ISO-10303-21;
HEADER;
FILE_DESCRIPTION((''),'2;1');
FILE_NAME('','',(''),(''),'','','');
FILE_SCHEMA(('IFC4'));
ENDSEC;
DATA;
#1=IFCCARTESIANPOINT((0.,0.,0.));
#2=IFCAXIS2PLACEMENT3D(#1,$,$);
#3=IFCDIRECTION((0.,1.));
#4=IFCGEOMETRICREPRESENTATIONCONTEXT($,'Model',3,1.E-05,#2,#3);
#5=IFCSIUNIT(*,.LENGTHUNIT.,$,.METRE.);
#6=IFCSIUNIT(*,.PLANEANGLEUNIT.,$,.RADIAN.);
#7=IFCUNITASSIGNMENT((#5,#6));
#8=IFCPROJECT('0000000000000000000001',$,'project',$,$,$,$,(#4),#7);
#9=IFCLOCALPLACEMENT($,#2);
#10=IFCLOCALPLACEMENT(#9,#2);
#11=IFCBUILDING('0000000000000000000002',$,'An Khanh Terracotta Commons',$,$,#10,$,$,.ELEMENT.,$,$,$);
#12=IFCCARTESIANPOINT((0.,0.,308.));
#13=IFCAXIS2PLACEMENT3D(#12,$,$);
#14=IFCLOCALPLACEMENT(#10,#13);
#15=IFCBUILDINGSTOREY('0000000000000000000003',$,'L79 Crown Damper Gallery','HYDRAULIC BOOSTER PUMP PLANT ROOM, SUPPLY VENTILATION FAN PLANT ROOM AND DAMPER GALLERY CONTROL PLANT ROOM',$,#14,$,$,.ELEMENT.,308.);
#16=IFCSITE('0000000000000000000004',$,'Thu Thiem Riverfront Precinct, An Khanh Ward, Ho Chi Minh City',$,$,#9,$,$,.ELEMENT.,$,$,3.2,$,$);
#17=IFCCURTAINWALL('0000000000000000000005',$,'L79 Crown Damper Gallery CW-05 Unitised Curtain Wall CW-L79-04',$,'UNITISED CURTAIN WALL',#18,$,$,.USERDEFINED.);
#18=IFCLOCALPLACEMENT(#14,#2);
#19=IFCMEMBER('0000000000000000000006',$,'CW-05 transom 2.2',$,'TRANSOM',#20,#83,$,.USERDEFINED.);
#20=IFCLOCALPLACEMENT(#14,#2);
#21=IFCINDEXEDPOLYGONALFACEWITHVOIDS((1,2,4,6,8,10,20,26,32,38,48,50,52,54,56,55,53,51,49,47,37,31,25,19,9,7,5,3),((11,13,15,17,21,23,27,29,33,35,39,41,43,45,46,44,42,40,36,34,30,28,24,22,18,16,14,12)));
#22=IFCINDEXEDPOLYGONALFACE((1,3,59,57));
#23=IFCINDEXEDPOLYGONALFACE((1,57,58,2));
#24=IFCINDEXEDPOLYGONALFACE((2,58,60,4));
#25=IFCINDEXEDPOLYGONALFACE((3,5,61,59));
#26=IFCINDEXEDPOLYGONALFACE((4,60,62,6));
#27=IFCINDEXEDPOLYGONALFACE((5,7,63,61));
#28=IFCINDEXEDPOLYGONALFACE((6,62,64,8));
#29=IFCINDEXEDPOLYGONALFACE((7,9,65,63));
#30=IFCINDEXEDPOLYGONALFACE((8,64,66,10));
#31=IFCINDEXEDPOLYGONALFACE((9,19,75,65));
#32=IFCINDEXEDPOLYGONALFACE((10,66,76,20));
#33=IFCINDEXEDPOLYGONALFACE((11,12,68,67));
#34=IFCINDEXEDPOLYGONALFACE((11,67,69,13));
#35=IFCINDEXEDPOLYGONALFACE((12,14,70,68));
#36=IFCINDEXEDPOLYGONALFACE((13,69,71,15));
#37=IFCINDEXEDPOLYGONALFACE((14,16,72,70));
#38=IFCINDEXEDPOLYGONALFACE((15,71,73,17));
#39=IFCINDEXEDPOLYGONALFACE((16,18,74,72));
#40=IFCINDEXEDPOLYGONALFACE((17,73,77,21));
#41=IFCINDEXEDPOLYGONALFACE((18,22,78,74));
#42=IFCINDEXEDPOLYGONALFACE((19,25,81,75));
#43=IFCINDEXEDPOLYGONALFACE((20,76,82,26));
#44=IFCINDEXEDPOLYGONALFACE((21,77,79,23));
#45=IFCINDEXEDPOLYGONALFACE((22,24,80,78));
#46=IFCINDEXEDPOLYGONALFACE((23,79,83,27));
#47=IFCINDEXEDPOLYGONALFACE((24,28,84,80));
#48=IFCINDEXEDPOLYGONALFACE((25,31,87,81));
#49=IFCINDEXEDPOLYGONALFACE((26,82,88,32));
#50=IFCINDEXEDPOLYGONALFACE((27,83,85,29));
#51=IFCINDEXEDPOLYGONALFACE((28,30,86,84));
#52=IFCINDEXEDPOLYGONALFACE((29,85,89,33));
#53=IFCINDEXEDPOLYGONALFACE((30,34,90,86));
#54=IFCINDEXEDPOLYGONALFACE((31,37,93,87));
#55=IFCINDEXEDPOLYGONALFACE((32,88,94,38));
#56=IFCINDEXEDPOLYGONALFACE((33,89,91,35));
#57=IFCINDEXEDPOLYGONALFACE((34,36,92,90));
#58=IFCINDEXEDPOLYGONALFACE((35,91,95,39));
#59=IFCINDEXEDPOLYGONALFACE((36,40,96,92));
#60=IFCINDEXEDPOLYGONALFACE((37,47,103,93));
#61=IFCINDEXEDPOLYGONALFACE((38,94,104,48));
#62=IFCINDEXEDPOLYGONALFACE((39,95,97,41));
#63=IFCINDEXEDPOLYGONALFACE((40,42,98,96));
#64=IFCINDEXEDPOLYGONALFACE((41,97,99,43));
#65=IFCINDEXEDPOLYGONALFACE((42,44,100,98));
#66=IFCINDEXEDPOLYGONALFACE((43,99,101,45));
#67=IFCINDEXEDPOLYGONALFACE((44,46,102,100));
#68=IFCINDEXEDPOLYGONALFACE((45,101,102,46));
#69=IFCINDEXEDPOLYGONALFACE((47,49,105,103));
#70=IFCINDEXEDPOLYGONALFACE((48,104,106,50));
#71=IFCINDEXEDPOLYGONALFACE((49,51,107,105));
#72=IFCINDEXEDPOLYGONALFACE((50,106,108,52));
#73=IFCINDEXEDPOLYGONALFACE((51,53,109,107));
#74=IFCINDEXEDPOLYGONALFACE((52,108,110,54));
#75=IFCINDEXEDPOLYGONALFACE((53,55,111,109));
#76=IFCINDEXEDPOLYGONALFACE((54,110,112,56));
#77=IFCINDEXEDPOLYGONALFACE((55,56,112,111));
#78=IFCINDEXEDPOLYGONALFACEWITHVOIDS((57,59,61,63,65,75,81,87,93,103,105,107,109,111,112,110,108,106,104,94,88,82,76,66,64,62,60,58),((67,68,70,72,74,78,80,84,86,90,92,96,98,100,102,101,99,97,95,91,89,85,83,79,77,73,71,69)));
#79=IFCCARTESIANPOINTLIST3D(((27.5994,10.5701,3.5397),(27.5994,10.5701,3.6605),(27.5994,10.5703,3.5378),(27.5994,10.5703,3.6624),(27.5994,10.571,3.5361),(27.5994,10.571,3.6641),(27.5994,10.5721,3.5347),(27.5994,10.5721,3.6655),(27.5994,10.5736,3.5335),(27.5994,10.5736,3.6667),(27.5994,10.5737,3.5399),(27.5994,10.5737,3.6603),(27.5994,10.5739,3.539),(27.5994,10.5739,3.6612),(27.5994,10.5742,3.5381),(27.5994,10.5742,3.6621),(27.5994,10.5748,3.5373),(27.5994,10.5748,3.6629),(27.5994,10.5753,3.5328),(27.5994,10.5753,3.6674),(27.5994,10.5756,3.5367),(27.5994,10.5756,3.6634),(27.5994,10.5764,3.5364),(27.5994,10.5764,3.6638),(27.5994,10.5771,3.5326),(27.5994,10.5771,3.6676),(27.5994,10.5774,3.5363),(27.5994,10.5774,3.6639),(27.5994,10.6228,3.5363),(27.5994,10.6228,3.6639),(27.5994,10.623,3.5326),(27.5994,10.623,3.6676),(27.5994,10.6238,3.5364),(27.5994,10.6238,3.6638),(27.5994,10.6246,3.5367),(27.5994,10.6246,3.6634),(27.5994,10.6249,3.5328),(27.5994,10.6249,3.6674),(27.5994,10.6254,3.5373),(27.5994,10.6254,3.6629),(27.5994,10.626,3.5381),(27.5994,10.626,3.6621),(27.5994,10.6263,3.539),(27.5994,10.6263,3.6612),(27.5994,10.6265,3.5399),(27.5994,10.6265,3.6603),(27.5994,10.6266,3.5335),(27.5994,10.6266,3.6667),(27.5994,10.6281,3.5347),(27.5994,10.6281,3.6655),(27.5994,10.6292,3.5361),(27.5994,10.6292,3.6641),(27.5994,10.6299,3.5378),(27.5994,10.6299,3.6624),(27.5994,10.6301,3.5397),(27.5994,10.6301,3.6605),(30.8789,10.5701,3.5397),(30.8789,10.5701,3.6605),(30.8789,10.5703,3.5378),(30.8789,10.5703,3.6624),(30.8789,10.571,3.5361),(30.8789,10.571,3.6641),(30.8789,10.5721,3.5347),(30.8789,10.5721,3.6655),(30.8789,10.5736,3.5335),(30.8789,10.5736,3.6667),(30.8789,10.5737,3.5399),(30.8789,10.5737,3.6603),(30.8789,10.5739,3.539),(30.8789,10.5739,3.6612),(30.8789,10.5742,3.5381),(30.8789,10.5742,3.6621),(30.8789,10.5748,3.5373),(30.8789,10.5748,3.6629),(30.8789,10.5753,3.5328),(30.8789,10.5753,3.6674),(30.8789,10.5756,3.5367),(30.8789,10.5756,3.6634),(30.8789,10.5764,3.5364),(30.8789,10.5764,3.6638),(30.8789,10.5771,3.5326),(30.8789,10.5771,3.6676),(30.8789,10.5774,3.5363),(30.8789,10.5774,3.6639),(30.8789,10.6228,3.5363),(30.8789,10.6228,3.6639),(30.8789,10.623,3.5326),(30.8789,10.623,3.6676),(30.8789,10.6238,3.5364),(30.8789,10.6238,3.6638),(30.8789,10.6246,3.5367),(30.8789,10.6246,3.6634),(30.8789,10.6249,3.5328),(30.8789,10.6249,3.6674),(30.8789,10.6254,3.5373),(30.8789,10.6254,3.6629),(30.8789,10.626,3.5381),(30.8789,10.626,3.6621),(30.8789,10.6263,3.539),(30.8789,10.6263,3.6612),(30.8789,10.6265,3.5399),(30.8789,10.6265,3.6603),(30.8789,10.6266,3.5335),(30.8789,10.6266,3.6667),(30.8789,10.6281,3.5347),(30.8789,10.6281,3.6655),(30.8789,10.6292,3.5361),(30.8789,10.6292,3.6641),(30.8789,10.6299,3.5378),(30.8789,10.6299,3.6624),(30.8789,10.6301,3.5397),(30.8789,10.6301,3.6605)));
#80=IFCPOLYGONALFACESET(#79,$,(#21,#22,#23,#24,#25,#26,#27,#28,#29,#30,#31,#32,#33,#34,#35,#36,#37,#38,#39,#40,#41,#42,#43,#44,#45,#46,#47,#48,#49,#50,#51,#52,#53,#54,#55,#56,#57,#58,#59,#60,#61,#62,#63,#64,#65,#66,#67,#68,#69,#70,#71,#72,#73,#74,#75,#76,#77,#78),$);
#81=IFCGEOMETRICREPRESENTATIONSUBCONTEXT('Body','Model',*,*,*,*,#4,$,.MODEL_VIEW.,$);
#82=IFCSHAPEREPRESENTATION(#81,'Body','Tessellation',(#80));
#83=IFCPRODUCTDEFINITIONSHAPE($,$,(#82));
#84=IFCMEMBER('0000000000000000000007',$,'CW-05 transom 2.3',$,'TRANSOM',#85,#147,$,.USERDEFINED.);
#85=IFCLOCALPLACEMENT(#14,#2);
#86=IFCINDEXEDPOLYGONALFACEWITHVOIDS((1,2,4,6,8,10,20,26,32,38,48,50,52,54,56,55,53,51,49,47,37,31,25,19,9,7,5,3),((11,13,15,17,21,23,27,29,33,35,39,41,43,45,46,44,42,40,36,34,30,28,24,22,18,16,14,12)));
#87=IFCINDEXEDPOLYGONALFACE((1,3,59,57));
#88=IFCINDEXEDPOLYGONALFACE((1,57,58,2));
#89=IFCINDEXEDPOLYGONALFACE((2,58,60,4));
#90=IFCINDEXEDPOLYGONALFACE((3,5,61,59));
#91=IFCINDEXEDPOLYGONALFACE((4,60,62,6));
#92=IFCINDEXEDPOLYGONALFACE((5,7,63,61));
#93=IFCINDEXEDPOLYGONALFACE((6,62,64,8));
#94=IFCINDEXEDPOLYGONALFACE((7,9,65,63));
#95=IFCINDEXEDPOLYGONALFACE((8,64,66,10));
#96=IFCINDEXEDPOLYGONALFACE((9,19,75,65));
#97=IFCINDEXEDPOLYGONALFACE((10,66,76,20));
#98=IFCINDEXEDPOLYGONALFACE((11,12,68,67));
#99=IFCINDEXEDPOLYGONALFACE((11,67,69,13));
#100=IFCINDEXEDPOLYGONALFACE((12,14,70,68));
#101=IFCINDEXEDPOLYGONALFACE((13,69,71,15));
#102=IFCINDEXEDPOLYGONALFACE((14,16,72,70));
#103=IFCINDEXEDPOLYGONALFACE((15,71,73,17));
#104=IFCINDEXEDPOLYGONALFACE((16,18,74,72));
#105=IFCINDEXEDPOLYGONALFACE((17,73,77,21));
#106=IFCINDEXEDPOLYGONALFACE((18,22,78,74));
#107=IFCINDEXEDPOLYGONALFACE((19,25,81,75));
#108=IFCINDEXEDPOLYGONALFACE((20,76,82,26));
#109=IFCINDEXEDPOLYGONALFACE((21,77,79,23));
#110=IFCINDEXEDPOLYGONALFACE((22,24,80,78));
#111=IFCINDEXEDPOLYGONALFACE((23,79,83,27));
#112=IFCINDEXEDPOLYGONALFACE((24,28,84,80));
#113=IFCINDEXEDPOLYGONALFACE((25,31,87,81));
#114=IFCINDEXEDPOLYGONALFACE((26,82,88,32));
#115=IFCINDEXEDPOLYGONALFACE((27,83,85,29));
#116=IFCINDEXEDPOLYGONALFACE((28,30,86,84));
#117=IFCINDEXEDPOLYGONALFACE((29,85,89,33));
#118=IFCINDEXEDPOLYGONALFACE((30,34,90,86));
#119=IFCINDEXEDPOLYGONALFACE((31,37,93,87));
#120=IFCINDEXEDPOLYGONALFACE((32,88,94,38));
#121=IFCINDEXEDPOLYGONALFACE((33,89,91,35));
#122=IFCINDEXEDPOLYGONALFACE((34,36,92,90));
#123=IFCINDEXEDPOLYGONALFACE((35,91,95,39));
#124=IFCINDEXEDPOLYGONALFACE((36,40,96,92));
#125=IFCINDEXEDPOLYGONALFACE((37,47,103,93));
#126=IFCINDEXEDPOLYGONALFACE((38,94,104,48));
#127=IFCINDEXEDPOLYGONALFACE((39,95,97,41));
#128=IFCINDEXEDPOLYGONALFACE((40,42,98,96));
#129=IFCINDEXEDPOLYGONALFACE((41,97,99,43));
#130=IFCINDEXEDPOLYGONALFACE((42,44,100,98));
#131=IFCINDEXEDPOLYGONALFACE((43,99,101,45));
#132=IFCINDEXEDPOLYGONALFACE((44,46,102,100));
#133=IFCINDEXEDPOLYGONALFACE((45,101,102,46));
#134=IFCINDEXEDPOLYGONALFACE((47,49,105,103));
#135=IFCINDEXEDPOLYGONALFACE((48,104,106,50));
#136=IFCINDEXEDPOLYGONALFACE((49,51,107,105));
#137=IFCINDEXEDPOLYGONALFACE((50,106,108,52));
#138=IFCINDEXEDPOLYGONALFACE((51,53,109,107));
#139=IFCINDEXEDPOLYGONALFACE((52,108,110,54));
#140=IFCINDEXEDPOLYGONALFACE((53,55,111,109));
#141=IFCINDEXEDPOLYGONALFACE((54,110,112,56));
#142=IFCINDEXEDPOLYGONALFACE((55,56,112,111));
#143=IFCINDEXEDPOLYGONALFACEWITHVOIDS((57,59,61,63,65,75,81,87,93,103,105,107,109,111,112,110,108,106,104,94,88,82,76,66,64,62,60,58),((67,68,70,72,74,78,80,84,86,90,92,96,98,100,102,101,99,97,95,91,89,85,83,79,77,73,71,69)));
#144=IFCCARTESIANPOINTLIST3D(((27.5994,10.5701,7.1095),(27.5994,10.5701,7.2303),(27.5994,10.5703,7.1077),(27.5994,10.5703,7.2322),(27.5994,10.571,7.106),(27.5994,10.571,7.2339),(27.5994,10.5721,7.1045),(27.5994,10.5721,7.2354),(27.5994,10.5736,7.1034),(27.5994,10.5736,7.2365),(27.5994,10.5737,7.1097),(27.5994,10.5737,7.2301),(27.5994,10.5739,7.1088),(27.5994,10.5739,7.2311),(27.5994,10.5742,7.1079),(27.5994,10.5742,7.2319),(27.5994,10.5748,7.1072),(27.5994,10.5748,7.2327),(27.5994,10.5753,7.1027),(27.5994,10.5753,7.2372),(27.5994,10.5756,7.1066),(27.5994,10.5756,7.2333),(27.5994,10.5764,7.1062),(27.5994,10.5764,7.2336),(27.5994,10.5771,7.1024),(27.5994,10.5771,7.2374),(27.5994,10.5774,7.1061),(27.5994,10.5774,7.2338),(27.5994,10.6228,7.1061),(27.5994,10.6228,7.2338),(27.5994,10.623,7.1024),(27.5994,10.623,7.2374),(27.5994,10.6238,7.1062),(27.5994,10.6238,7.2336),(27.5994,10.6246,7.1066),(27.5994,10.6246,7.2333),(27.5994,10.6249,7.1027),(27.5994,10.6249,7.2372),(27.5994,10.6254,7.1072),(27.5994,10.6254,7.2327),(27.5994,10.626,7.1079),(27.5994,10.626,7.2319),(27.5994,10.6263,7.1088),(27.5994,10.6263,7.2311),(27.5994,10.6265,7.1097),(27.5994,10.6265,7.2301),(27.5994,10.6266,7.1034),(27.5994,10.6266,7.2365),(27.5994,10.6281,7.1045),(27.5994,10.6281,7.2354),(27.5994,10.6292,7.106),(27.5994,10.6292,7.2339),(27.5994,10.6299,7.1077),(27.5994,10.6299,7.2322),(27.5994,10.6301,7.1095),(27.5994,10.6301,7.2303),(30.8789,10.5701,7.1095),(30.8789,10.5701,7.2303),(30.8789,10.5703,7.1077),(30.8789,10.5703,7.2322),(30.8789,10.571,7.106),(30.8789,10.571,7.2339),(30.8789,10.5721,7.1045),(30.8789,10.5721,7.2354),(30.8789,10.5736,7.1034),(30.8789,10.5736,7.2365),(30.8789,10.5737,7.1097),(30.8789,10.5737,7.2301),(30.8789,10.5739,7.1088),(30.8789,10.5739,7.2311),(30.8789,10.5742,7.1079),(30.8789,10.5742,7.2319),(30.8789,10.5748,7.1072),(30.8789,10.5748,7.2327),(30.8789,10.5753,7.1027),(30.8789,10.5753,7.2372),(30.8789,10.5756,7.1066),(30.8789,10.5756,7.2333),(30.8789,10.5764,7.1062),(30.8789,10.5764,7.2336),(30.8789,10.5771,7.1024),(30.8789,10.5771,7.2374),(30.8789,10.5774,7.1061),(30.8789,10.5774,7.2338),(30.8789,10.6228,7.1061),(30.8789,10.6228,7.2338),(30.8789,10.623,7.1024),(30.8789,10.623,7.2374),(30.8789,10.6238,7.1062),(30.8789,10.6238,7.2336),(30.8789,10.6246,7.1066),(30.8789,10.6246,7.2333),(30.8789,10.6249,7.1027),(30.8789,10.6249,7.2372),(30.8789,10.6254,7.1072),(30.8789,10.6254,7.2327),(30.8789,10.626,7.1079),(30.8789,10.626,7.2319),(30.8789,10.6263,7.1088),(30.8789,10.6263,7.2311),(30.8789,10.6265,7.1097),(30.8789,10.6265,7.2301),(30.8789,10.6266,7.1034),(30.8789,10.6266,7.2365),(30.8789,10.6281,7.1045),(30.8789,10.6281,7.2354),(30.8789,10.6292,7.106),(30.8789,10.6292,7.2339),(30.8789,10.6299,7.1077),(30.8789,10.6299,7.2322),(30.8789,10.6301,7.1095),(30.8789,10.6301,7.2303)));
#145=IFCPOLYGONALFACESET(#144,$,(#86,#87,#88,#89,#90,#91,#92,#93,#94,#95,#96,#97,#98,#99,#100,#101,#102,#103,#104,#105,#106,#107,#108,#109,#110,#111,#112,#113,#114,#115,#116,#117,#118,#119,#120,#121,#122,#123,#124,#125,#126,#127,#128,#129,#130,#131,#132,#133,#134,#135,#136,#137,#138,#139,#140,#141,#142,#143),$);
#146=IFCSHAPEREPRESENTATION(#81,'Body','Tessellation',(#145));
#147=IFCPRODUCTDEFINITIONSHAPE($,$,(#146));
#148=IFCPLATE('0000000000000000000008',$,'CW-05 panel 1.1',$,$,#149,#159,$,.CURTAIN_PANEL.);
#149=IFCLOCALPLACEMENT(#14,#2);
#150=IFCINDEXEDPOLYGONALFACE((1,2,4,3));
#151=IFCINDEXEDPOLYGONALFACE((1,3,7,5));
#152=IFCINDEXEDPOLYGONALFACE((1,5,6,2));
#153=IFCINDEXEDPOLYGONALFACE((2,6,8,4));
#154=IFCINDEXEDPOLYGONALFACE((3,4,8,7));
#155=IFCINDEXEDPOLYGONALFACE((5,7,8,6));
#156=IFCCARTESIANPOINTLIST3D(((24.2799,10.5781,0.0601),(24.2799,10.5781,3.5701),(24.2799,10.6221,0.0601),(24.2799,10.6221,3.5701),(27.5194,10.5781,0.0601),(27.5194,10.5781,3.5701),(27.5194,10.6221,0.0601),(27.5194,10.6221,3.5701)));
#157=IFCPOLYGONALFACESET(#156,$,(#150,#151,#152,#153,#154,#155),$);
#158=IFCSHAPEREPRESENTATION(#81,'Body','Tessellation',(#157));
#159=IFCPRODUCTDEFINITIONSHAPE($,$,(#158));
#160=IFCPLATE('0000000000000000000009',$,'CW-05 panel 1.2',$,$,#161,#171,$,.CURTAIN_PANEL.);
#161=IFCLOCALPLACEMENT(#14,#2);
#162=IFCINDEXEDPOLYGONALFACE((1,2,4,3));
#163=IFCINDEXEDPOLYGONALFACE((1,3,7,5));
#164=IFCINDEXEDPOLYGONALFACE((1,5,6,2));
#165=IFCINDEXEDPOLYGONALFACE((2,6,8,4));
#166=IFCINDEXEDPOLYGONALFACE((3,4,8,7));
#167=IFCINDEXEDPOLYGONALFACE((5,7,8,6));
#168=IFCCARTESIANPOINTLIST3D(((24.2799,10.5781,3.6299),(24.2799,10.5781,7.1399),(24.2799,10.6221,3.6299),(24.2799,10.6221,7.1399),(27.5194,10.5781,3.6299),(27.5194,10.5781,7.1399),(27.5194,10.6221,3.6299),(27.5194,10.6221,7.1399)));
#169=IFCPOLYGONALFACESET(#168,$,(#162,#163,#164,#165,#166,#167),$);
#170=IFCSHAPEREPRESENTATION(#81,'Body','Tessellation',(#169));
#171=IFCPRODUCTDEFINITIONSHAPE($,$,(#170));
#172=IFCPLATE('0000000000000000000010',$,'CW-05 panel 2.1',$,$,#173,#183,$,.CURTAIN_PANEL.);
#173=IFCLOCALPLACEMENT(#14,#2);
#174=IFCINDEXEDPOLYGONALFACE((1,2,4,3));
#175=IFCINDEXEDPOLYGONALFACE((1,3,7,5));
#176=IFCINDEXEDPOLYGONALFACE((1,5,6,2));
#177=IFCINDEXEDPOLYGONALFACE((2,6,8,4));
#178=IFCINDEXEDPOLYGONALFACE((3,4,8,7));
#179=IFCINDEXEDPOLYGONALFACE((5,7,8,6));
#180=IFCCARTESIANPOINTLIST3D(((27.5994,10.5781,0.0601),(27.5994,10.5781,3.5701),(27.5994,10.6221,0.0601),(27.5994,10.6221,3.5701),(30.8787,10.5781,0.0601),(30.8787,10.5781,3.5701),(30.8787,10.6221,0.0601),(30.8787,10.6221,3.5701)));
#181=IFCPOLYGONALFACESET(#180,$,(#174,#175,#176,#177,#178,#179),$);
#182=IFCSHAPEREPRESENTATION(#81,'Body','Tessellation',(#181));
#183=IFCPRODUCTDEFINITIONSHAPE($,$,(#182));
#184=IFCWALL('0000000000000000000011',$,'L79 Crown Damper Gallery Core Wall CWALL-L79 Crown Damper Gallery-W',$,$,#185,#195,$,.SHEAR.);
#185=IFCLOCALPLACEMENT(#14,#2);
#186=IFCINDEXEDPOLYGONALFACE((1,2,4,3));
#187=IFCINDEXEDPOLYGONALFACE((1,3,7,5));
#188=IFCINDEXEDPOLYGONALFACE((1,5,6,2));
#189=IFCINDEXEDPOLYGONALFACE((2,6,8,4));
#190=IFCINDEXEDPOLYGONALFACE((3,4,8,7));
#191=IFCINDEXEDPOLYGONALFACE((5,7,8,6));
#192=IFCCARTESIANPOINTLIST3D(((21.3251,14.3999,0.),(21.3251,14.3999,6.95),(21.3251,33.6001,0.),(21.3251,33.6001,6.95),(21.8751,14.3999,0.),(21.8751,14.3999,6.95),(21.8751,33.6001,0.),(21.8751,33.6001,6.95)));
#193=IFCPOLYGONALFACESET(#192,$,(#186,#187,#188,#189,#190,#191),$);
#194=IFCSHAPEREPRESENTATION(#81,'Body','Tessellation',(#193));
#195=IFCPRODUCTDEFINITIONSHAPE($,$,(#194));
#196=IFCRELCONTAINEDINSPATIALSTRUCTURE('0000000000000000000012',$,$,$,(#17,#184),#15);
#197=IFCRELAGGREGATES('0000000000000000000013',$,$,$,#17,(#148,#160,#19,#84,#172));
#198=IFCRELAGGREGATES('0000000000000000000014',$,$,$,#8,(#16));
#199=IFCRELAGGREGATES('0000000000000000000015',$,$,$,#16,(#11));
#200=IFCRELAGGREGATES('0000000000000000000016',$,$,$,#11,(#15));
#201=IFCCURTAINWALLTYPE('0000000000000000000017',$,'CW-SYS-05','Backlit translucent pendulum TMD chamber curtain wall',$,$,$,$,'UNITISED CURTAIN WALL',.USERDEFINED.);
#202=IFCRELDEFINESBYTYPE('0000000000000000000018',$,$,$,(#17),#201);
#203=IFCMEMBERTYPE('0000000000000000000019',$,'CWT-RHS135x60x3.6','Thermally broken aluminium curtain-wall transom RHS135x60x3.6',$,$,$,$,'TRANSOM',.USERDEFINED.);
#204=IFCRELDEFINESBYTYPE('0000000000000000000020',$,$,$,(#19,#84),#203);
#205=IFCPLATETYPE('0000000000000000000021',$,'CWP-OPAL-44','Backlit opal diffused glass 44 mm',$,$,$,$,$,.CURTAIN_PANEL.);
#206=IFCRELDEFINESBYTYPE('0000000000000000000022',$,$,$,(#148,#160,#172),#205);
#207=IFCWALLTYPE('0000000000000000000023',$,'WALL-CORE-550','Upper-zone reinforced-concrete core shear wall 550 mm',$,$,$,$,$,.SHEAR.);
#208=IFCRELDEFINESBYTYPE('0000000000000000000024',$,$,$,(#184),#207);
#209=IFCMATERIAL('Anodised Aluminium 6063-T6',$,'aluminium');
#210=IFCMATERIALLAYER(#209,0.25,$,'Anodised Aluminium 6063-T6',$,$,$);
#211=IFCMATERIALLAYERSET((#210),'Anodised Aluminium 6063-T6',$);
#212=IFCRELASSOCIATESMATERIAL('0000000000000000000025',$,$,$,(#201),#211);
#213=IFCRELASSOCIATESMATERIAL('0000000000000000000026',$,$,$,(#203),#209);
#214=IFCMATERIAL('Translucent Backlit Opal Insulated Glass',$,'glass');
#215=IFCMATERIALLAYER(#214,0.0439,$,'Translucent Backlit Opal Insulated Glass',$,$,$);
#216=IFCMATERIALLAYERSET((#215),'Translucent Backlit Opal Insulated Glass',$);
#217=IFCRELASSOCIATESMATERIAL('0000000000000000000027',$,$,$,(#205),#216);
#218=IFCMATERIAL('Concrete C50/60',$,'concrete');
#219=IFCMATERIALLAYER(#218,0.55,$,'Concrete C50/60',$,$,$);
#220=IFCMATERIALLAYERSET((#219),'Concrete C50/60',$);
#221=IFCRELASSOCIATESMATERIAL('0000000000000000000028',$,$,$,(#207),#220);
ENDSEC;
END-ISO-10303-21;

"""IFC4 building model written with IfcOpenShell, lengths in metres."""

from ifc_helpers import new_model, si_unit, direction, frame, frame_2d, origin, origin_2d, place, context, subcontext, project, spatial, rectangle, hollow_rectangle, extrude, material, layer, layer_set, material_profile, profile_set, type_object, element, aggregate, save


model = new_model("IFC4")

# Units and contexts
model_context = context("Model", 3, precision=1e-05, world=origin(), true_north=direction((0.0, 1.0)))
body_context = subcontext(model_context, "Body", "Model", "MODEL_VIEW")
ifc_project = project(units=[si_unit("LENGTHUNIT", "METRE"), si_unit("PLANEANGLEUNIT", "RADIAN")], contexts=[model_context])

# Site, building, storey
site_placement = place(None, origin())
site = spatial("IfcSite", under=ifc_project, at=site_placement, Name="Thu Thiem Riverfront Precinct, An Khanh Ward, Ho Chi Minh City", CompositionType="ELEMENT", RefElevation=3.2)
building_placement = place(site_placement, origin())
building = spatial("IfcBuilding", under=site, at=building_placement, Name="An Khanh Terracotta Commons", CompositionType="ELEMENT")
storey_placement = place(building_placement, frame((0.0, 0.0, 308.0)))
storey = spatial("IfcBuildingStorey", under=building, at=storey_placement, Name="L79 Crown Damper Gallery", Description="HYDRAULIC BOOSTER PUMP PLANT ROOM, SUPPLY VENTILATION FAN PLANT ROOM AND DAMPER GALLERY CONTROL PLANT ROOM", CompositionType="ELEMENT", Elevation=308.0)

# Curtain wall, members, plates
ifc_material_1 = material(Name="Anodised Aluminium 6063-T6", Category="aluminium")
ifc_layer_1 = layer(ifc_material_1, 0.25, Name="Anodised Aluminium 6063-T6")
ifc_layer_set_1 = layer_set([ifc_layer_1], Name="Anodised Aluminium 6063-T6")
curtain_wall_type = type_object("IfcCurtainWallType", Name="CW-SYS-05", Description="Backlit translucent pendulum TMD chamber curtain wall", ElementType="UNITISED CURTAIN WALL", PredefinedType="USERDEFINED", material=ifc_layer_set_1)
curtain_wall_placement = place(storey_placement, origin())
curtain_wall = element("IfcCurtainWall", 1, at=curtain_wall_placement, inside=storey, type_object=curtain_wall_type, Name="L79 Crown Damper Gallery CW-05 Unitised Curtain Wall CW-L79-04", ObjectType="UNITISED CURTAIN WALL", PredefinedType="USERDEFINED")
ifc_material_profile_1 = material_profile(ifc_material_1, hollow_rectangle(XDim=0.0601, YDim=0.135, WallThickness=0.0037, InnerFilletRadius=0.0037, OuterFilletRadius=0.0071, at=origin_2d()), Name="RHS135x60x3.6")
ifc_profile_set_1 = profile_set([ifc_material_profile_1], Name="Anodised Aluminium 6063-T6")
member_type_1 = type_object("IfcMemberType", Name="CWT-RHS135x60x3.6", Description="Thermally broken aluminium curtain-wall transom RHS135x60x3.6", ElementType="TRANSOM", PredefinedType="USERDEFINED", material=ifc_profile_set_1)
member_1_placement = place(storey_placement, frame((27.5994, 10.6001, 3.6001), z_axis=(1.0, 0.0, 0.0), x_axis=(0.0, 1.0, 0.0)))
member_1 = element("IfcMember", 2, at=member_1_placement, type_object=member_type_1, Name="CW-05 transom 2.2", ObjectType="TRANSOM", PredefinedType="USERDEFINED", context=body_context, shape_type="SweptSolid", body=[
    extrude(hollow_rectangle(XDim=0.0601, YDim=0.135, WallThickness=0.0037, InnerFilletRadius=0.0037, OuterFilletRadius=0.0071, at=origin_2d()), origin(), (0.0, 0.0, 1.0), 3.2795),
])
member_2_placement = place(storey_placement, frame((27.5994, 10.6001, 7.1699), z_axis=(1.0, 0.0, 0.0), x_axis=(0.0, 1.0, 0.0)))
member_2 = element("IfcMember", 3, at=member_2_placement, type_object=member_type_1, Name="CW-05 transom 2.3", ObjectType="TRANSOM", PredefinedType="USERDEFINED", context=body_context, shape_type="SweptSolid", body=[
    extrude(hollow_rectangle(XDim=0.0601, YDim=0.135, WallThickness=0.0037, InnerFilletRadius=0.0037, OuterFilletRadius=0.0071, at=origin_2d()), origin(), (0.0, 0.0, 1.0), 3.2795),
])
ifc_material_2 = material(Name="Translucent Backlit Opal Insulated Glass", Category="glass")
ifc_layer_2 = layer(ifc_material_2, 0.0439, Name="Translucent Backlit Opal Insulated Glass")
ifc_layer_set_2 = layer_set([ifc_layer_2], Name="Translucent Backlit Opal Insulated Glass")
plate_type = type_object("IfcPlateType", Name="CWP-OPAL-44", Description="Backlit opal diffused glass 44 mm", PredefinedType="CURTAIN_PANEL", material=ifc_layer_set_2)
plate_1_placement = place(storey_placement, frame((25.8997, 10.6001, 0.0601), z_axis=(0.0, 0.0, 1.0), x_axis=(1.0, 0.0, 0.0)))
plate_1 = element("IfcPlate", 4, at=plate_1_placement, type_object=plate_type, Name="CW-05 panel 1.1", PredefinedType="CURTAIN_PANEL", context=body_context, shape_type="SweptSolid", body=[
    extrude(rectangle(XDim=3.2395, YDim=0.0439, at=origin_2d()), origin(), (0.0, 0.0, 1.0), 3.51),
])
plate_2_placement = place(storey_placement, frame((25.8997, 10.6001, 3.6299), z_axis=(0.0, 0.0, 1.0), x_axis=(1.0, 0.0, 0.0)))
plate_2 = element("IfcPlate", 5, at=plate_2_placement, type_object=plate_type, Name="CW-05 panel 1.2", PredefinedType="CURTAIN_PANEL", context=body_context, shape_type="SweptSolid", body=[
    extrude(rectangle(XDim=3.2395, YDim=0.0439, at=origin_2d()), origin(), (0.0, 0.0, 1.0), 3.51),
])
plate_3_placement = place(storey_placement, frame((29.239, 10.6001, 0.0601), z_axis=(0.0, 0.0, 1.0), x_axis=(1.0, 0.0, 0.0)))
plate_3 = element("IfcPlate", 6, at=plate_3_placement, type_object=plate_type, Name="CW-05 panel 2.1", PredefinedType="CURTAIN_PANEL", context=body_context, shape_type="SweptSolid", body=[
    extrude(rectangle(XDim=3.2793, YDim=0.0439, at=origin_2d()), origin(), (0.0, 0.0, 1.0), 3.51),
])
aggregate(curtain_wall, [plate_1, plate_2, member_1, member_2, plate_3])

# Wall
ifc_material_3 = material(Name="Concrete C50/60", Category="concrete")
ifc_layer_3 = layer(ifc_material_3, 0.55, Name="Concrete C50/60")
ifc_layer_set_3 = layer_set([ifc_layer_3], Name="Concrete C50/60")
wall_type_1 = type_object("IfcWallType", Name="WALL-CORE-550", Description="Upper-zone reinforced-concrete core shear wall 550 mm", PredefinedType="SHEAR", material=ifc_layer_set_3)
wall_1_placement = place(storey_placement, frame((21.6001, 14.3999, 0.0), z_axis=(0.0, 0.0, 1.0), x_axis=(0.0, 1.0, 0.0)))
element("IfcWall", 7, at=wall_1_placement, inside=storey, type_object=wall_type_1, Name="L79 Crown Damper Gallery Core Wall CWALL-L79 Crown Damper Gallery-W", PredefinedType="SHEAR", context=body_context, shape_type="SweptSolid", body=[
    extrude(rectangle(XDim=19.2002, YDim=0.55, at=frame_2d((9.6001, 0.0))), origin(), (0.0, 0.0, 1.0), 6.95),
])

save(model, "model.ifc")
